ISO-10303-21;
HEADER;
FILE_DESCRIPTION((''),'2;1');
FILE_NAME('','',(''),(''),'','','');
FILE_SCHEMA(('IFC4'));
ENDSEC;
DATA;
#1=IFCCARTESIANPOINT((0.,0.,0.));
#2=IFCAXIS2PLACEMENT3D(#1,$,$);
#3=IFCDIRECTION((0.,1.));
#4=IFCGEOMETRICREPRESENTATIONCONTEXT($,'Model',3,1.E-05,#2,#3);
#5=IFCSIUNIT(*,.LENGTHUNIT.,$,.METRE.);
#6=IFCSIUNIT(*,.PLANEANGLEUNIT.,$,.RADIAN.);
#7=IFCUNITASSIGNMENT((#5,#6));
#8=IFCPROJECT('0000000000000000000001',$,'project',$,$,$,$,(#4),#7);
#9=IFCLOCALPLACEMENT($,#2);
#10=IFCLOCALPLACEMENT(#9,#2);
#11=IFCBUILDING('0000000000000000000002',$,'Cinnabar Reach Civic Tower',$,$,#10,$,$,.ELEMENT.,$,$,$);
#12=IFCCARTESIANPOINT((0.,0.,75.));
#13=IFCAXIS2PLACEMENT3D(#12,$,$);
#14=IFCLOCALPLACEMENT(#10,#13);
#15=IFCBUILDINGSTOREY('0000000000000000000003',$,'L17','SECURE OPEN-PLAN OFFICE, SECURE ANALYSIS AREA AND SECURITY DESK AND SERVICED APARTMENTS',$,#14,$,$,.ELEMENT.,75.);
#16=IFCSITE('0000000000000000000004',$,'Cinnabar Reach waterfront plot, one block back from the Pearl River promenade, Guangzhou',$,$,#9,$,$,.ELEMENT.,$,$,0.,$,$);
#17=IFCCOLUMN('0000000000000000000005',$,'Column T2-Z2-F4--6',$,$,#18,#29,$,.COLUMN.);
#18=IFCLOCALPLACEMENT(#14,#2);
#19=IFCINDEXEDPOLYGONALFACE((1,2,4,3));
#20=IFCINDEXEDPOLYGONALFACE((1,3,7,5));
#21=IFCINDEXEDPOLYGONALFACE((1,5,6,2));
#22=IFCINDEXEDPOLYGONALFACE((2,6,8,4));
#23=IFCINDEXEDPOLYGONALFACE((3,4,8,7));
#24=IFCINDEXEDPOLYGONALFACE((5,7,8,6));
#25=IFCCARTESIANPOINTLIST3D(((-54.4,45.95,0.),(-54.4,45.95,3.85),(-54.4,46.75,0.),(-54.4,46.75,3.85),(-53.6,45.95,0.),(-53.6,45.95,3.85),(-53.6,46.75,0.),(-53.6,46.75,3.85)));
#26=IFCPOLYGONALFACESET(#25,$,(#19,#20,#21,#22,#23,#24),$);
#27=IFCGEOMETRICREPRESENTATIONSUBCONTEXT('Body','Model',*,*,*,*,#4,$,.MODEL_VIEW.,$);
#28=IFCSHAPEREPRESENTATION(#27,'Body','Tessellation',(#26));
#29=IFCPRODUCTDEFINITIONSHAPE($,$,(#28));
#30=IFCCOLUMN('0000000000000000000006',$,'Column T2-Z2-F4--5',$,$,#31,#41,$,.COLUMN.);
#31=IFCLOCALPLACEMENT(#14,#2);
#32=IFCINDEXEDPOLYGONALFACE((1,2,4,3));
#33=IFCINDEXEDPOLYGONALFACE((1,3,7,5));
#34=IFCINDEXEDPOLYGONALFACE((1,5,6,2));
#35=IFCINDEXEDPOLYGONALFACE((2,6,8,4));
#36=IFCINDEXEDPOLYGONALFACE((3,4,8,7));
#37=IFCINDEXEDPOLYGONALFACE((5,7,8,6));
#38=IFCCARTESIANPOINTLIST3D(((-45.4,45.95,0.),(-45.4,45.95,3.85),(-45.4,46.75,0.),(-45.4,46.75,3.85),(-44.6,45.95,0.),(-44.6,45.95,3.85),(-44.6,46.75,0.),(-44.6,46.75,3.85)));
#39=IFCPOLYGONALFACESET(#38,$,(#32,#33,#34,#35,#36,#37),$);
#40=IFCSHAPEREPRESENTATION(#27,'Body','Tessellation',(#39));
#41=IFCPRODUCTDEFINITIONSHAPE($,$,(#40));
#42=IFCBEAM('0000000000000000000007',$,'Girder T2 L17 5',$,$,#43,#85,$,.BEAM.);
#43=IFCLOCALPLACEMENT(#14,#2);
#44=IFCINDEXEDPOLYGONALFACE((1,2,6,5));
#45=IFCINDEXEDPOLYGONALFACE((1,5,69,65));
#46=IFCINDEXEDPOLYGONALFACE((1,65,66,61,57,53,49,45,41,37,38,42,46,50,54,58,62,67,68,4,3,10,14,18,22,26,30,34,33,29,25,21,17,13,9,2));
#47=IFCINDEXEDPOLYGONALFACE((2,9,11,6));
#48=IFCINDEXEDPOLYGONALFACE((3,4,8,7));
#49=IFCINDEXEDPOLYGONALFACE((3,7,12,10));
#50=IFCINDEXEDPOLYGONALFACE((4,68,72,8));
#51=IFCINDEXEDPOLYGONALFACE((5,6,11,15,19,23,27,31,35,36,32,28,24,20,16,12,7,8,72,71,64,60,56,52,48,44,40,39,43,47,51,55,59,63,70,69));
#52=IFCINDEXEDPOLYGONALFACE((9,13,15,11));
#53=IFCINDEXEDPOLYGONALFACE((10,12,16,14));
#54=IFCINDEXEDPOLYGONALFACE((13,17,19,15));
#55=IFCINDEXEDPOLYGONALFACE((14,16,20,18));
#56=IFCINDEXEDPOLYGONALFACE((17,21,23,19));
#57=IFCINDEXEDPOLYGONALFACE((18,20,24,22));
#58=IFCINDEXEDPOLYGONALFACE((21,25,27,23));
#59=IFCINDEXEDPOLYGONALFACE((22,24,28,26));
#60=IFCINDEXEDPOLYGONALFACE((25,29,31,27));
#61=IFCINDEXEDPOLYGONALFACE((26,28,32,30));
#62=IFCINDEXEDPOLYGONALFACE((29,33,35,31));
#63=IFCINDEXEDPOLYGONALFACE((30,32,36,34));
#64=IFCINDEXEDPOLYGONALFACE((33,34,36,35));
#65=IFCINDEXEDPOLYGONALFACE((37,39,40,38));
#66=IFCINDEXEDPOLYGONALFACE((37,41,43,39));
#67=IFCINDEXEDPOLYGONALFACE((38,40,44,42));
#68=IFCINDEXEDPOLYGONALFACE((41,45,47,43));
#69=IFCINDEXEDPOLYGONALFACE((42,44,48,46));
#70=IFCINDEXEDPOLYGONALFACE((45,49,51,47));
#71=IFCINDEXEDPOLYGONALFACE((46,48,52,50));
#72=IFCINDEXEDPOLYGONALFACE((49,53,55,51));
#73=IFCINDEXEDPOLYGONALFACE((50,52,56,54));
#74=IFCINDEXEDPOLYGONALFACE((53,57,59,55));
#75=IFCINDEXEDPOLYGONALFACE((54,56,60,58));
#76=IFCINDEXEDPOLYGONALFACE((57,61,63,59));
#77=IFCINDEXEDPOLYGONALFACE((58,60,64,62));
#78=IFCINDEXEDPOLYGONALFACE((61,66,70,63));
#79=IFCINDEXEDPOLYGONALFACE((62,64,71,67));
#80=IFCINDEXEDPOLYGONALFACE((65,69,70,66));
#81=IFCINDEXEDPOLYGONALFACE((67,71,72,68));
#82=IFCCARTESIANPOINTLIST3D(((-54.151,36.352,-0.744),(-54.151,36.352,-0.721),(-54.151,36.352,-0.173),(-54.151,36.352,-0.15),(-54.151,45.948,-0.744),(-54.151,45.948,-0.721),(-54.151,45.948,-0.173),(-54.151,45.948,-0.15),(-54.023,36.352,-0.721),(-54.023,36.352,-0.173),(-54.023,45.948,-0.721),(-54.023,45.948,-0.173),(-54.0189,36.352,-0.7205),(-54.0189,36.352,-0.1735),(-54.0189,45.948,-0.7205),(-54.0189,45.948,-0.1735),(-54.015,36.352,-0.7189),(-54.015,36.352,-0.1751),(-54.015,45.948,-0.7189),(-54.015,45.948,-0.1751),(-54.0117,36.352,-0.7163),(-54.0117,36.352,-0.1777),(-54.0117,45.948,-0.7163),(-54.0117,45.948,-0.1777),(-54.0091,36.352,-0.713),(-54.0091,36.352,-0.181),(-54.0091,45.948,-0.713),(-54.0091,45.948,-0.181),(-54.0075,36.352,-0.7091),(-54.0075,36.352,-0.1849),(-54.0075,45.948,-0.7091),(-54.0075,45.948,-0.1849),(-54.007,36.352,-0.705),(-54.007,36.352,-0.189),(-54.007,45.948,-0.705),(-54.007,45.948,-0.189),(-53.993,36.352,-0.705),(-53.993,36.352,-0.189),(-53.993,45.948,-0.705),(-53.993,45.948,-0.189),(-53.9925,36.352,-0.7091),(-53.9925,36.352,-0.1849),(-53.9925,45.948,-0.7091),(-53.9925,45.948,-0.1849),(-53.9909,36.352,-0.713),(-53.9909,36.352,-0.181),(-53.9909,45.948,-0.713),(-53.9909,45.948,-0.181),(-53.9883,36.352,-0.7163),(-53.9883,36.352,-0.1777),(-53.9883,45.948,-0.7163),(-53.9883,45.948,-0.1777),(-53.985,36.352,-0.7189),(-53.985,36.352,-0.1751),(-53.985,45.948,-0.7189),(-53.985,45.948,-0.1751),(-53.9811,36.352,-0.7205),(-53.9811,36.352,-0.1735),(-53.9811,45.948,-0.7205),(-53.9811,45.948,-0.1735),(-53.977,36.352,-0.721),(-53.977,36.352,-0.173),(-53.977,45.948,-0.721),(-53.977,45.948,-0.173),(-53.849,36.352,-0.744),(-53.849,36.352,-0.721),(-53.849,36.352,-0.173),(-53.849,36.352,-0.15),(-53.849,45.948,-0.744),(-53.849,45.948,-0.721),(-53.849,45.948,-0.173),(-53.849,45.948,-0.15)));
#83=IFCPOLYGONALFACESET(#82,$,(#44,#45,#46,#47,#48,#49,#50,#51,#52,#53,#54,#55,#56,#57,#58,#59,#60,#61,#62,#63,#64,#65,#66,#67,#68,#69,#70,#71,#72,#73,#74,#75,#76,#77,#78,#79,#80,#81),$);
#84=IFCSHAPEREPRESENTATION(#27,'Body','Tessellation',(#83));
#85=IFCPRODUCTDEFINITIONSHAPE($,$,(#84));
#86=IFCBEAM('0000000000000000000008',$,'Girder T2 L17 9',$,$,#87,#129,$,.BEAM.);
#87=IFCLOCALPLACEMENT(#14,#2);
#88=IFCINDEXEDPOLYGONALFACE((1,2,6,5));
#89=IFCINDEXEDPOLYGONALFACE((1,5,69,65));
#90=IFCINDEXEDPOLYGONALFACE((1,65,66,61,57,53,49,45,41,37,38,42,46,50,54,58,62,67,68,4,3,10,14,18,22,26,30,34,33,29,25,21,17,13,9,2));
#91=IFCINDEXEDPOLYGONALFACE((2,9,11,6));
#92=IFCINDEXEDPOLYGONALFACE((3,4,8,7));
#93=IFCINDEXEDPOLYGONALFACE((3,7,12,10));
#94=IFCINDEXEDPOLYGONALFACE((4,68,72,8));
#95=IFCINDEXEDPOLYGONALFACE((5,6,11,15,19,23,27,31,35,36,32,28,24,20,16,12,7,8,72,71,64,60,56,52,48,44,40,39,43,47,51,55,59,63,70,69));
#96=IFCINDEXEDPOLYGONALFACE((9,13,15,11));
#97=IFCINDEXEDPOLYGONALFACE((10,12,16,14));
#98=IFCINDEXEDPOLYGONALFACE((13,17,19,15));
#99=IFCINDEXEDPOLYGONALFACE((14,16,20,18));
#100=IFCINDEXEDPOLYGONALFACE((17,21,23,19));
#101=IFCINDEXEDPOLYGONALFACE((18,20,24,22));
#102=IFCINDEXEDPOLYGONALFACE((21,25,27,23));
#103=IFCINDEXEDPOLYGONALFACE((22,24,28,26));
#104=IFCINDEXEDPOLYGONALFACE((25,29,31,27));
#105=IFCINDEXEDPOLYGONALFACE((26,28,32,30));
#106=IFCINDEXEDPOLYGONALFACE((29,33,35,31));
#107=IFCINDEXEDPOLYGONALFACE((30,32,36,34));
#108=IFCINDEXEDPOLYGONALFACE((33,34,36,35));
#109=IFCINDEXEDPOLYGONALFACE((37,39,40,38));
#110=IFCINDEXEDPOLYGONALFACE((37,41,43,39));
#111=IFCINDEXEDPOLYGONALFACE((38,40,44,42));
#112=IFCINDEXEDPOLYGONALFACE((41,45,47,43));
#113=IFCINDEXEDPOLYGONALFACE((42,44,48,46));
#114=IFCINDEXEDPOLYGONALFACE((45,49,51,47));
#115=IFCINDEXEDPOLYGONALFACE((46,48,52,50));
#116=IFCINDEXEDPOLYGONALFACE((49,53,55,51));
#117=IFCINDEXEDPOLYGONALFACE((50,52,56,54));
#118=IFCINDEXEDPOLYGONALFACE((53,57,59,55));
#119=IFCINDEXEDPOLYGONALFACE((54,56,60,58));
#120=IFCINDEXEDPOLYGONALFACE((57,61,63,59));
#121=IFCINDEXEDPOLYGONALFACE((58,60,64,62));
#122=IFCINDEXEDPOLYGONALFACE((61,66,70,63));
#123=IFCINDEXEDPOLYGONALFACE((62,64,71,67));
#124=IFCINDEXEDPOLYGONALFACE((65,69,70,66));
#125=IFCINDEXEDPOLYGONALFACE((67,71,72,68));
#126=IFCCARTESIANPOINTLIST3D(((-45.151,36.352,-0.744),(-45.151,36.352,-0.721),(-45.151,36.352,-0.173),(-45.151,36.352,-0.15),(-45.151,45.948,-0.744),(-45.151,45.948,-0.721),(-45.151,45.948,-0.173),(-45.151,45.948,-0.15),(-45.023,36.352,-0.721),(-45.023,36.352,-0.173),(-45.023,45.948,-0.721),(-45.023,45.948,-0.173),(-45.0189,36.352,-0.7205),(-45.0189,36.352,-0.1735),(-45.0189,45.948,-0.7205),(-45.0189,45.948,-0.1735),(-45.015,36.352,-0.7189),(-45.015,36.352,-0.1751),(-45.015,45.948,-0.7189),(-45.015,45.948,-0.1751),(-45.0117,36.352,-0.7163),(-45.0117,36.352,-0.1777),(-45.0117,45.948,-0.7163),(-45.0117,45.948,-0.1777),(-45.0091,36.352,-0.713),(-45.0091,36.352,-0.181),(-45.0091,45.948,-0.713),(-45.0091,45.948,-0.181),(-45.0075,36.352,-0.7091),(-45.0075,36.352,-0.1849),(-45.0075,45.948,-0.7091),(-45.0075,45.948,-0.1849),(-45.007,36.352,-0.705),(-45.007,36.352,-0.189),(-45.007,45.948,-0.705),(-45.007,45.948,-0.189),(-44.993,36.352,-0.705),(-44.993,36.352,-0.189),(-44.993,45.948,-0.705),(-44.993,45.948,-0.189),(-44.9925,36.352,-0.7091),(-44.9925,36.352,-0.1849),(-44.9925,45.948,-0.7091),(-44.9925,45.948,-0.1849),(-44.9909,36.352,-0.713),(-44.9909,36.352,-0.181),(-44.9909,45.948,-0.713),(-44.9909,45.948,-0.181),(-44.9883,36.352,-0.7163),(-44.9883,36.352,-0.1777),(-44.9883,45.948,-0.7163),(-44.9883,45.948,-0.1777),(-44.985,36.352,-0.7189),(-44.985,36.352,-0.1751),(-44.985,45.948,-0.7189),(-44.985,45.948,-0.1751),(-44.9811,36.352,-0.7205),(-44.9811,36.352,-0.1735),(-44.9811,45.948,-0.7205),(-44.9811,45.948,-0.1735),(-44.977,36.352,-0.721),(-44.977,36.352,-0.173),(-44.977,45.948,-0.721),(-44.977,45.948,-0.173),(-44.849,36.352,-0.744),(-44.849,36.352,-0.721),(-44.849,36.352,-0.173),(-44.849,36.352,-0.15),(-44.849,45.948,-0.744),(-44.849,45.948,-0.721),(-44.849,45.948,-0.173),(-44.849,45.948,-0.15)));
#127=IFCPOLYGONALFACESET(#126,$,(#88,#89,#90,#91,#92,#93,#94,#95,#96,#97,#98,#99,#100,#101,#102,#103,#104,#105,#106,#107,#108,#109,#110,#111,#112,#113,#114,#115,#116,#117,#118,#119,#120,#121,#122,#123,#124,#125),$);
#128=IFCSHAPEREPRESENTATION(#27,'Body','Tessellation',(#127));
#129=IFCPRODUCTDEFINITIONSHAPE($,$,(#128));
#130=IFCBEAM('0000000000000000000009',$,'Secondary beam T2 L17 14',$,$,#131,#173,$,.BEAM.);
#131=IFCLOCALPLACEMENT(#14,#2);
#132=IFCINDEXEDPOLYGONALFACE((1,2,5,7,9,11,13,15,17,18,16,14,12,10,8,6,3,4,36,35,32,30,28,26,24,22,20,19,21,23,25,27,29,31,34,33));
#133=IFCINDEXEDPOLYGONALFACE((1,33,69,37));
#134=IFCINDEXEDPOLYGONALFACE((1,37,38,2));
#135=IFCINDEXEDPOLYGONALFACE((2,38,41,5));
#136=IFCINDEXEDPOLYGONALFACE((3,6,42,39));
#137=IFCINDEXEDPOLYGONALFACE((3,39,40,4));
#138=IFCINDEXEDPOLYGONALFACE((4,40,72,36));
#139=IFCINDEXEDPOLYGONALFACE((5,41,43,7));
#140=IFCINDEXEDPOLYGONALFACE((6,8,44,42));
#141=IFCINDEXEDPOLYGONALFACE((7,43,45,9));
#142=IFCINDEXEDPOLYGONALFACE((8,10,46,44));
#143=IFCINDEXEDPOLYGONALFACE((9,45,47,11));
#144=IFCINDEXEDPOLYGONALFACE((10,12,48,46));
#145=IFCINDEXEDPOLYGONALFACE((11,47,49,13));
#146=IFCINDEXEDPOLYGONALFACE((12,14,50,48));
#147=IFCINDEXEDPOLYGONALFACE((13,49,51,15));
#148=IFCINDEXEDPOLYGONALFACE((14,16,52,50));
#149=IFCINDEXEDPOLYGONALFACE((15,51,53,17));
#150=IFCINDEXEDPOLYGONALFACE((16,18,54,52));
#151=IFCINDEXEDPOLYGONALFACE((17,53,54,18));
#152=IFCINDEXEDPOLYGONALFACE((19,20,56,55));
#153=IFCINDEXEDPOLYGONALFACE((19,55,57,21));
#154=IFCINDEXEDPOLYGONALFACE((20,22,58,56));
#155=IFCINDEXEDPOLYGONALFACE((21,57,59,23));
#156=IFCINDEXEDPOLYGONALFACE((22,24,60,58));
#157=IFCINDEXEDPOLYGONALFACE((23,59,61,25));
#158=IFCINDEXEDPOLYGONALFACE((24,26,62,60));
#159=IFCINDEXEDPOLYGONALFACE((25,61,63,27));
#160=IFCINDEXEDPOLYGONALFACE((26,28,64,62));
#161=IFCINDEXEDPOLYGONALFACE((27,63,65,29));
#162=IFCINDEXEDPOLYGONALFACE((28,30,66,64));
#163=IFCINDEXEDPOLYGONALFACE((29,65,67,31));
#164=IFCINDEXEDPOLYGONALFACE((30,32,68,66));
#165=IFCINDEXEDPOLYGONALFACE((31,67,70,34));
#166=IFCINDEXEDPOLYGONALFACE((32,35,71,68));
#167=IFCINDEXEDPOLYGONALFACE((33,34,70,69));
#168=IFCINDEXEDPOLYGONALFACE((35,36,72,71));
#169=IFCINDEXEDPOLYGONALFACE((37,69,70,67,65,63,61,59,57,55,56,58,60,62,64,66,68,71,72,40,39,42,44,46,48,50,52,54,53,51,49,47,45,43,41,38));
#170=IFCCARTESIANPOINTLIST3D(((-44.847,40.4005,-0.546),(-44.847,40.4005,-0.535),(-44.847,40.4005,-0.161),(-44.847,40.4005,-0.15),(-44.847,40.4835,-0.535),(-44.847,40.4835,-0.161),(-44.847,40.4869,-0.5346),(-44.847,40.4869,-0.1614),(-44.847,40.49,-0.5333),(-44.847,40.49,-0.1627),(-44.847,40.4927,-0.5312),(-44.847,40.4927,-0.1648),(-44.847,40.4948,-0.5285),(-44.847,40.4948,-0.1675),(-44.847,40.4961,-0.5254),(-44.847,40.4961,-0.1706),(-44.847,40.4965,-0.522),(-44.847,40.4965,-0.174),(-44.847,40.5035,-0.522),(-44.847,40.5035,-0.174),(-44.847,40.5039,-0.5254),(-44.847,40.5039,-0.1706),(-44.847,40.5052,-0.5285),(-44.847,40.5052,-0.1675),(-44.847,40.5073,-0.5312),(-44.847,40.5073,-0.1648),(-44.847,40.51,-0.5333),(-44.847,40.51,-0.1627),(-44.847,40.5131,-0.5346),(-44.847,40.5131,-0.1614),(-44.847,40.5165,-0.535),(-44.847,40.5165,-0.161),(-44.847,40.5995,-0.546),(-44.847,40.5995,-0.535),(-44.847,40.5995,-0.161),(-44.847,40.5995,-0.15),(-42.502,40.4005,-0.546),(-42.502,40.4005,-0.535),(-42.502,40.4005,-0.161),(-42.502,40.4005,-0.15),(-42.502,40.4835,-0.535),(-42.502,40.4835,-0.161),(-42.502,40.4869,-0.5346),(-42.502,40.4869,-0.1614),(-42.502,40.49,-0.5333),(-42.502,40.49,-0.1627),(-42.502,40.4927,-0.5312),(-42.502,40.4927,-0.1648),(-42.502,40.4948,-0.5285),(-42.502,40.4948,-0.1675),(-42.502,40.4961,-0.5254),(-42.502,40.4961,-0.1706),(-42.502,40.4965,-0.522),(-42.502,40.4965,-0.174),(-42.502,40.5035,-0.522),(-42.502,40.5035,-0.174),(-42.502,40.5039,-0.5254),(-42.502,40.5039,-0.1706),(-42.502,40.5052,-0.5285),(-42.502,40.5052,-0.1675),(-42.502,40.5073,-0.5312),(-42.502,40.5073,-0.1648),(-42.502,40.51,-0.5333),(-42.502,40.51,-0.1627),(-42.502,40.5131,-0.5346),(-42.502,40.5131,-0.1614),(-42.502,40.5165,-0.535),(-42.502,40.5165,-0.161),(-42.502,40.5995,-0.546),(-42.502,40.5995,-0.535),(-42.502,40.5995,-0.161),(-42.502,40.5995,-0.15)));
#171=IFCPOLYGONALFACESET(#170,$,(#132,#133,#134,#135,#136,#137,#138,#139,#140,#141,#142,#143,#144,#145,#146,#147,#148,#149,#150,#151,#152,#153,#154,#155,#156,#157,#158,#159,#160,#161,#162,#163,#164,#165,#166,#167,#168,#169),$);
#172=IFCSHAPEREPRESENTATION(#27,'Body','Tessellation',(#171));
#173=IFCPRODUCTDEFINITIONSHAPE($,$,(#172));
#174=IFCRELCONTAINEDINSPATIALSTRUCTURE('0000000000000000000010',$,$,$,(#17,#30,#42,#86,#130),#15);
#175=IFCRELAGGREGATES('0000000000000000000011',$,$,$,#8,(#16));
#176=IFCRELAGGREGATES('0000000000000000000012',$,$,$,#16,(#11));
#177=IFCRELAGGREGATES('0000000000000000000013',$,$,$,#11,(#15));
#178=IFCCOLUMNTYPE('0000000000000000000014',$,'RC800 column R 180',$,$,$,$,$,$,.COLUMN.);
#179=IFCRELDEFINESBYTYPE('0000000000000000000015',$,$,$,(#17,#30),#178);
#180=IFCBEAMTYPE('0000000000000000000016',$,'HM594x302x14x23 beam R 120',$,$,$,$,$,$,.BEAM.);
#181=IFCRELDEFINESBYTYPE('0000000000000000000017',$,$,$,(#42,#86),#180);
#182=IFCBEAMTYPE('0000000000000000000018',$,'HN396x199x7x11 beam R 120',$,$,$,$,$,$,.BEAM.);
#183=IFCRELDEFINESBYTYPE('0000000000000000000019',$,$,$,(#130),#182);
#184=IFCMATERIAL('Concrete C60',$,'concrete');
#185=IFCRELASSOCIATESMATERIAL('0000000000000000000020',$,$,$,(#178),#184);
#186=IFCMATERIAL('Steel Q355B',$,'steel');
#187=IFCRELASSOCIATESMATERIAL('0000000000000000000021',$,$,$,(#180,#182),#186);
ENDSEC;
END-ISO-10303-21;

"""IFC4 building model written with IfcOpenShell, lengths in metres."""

from ifc_helpers import new_model, si_unit, direction, frame, origin, origin_2d, place, context, subcontext, project, spatial, rectangle, i_section, extrude, material, material_profile, profile_set, type_object, element, save


model = new_model("IFC4")

# Units and contexts
model_context = context("Model", 3, precision=1e-05, world=origin(), true_north=direction((0.0, 1.0)))
body_context = subcontext(model_context, "Body", "Model", "MODEL_VIEW")
ifc_project = project(units=[si_unit("LENGTHUNIT", "METRE"), si_unit("PLANEANGLEUNIT", "RADIAN")], contexts=[model_context])

# Site, building, storey
site_placement = place(None, origin())
site = spatial("IfcSite", under=ifc_project, at=site_placement, Name="Cinnabar Reach waterfront plot, one block back from the Pearl River promenade, Guangzhou", CompositionType="ELEMENT", RefElevation=0.0)
building_placement = place(site_placement, origin())
building = spatial("IfcBuilding", under=site, at=building_placement, Name="Cinnabar Reach Civic Tower", CompositionType="ELEMENT")
storey_placement = place(building_placement, frame((0.0, 0.0, 75.0)))
storey = spatial("IfcBuildingStorey", under=building, at=storey_placement, Name="L17", Description="SECURE OPEN-PLAN OFFICE, SECURE ANALYSIS AREA AND SECURITY DESK AND SERVICED APARTMENTS", CompositionType="ELEMENT", Elevation=75.0)

# Columns
ifc_material_1 = material(Name="Concrete C60", Category="concrete")
ifc_material_profile_1 = material_profile(ifc_material_1, rectangle(XDim=0.8, YDim=0.8, at=origin_2d()), Name="RC800")
ifc_profile_set_1 = profile_set([ifc_material_profile_1], Name="Concrete C60")
column_type = type_object("IfcColumnType", Name="RC800 column R 180", PredefinedType="COLUMN", material=ifc_profile_set_1)
for number, where, z_axis, x_axis, name in (
    (1, (-54.0, 46.35, 0.0), (0.0, 0.0, 1.0), (1.0, 0.0, 0.0), "Column T2-Z2-F4--6"),
    (2, (-45.0, 46.35, 0.0), (0.0, 0.0, 1.0), (1.0, 0.0, 0.0), "Column T2-Z2-F4--5"),
):
    element("IfcColumn", number, at=place(storey_placement, frame(where, z_axis=z_axis, x_axis=x_axis)), inside=storey, type_object=column_type, Name=name, PredefinedType="COLUMN", context=body_context, shape_type="SweptSolid", body=[
        extrude(rectangle(XDim=0.8, YDim=0.8, at=origin_2d()), origin(), (0.0, 0.0, 1.0), 3.85),
    ])

# Beams
ifc_material_2 = material(Name="Steel Q355B", Category="steel")
ifc_material_profile_2 = material_profile(ifc_material_2, i_section(OverallWidth=0.302, OverallDepth=0.594, WebThickness=0.014, FlangeThickness=0.023, FilletRadius=0.016, at=origin_2d()), Name="HM594x302x14x23")
ifc_profile_set_2 = profile_set([ifc_material_profile_2], Name="Steel Q355B")
beam_type_1 = type_object("IfcBeamType", Name="HM594x302x14x23 beam R 120", PredefinedType="BEAM", material=ifc_profile_set_2)
for number, where, z_axis, x_axis, name in (
    (3, (-54.0, 36.352, -0.447), (0.0, 1.0, 0.0), (-1.0, 0.0, 0.0), "Girder T2 L17 5"),
    (4, (-45.0, 36.352, -0.447), (0.0, 1.0, 0.0), (-1.0, 0.0, 0.0), "Girder T2 L17 9"),
):
    element("IfcBeam", number, at=place(storey_placement, frame(where, z_axis=z_axis, x_axis=x_axis)), inside=storey, type_object=beam_type_1, Name=name, PredefinedType="BEAM", context=body_context, shape_type="SweptSolid", body=[
        extrude(i_section(OverallWidth=0.302, OverallDepth=0.594, WebThickness=0.014, FlangeThickness=0.023, FilletRadius=0.016, at=origin_2d()), origin(), (0.0, 0.0, 1.0), 9.596),
    ])
ifc_material_profile_3 = material_profile(ifc_material_2, i_section(OverallWidth=0.199, OverallDepth=0.396, WebThickness=0.007, FlangeThickness=0.011, FilletRadius=0.013, at=origin_2d()), Name="HN396x199x7x11")
ifc_profile_set_3 = profile_set([ifc_material_profile_3], Name="Steel Q355B")
beam_type_2 = type_object("IfcBeamType", Name="HN396x199x7x11 beam R 120", PredefinedType="BEAM", material=ifc_profile_set_3)
beam_1_placement = place(storey_placement, frame((-44.847, 40.5, -0.348), z_axis=(1.0, 0.0, 0.0), x_axis=(0.0, 1.0, 0.0)))
element("IfcBeam", 5, at=beam_1_placement, inside=storey, type_object=beam_type_2, Name="Secondary beam T2 L17 14", PredefinedType="BEAM", context=body_context, shape_type="SweptSolid", body=[
    extrude(i_section(OverallWidth=0.199, OverallDepth=0.396, WebThickness=0.007, FlangeThickness=0.011, FilletRadius=0.013, at=origin_2d()), origin(), (0.0, 0.0, 1.0), 2.345),
])

save(model, "model.ifc")
